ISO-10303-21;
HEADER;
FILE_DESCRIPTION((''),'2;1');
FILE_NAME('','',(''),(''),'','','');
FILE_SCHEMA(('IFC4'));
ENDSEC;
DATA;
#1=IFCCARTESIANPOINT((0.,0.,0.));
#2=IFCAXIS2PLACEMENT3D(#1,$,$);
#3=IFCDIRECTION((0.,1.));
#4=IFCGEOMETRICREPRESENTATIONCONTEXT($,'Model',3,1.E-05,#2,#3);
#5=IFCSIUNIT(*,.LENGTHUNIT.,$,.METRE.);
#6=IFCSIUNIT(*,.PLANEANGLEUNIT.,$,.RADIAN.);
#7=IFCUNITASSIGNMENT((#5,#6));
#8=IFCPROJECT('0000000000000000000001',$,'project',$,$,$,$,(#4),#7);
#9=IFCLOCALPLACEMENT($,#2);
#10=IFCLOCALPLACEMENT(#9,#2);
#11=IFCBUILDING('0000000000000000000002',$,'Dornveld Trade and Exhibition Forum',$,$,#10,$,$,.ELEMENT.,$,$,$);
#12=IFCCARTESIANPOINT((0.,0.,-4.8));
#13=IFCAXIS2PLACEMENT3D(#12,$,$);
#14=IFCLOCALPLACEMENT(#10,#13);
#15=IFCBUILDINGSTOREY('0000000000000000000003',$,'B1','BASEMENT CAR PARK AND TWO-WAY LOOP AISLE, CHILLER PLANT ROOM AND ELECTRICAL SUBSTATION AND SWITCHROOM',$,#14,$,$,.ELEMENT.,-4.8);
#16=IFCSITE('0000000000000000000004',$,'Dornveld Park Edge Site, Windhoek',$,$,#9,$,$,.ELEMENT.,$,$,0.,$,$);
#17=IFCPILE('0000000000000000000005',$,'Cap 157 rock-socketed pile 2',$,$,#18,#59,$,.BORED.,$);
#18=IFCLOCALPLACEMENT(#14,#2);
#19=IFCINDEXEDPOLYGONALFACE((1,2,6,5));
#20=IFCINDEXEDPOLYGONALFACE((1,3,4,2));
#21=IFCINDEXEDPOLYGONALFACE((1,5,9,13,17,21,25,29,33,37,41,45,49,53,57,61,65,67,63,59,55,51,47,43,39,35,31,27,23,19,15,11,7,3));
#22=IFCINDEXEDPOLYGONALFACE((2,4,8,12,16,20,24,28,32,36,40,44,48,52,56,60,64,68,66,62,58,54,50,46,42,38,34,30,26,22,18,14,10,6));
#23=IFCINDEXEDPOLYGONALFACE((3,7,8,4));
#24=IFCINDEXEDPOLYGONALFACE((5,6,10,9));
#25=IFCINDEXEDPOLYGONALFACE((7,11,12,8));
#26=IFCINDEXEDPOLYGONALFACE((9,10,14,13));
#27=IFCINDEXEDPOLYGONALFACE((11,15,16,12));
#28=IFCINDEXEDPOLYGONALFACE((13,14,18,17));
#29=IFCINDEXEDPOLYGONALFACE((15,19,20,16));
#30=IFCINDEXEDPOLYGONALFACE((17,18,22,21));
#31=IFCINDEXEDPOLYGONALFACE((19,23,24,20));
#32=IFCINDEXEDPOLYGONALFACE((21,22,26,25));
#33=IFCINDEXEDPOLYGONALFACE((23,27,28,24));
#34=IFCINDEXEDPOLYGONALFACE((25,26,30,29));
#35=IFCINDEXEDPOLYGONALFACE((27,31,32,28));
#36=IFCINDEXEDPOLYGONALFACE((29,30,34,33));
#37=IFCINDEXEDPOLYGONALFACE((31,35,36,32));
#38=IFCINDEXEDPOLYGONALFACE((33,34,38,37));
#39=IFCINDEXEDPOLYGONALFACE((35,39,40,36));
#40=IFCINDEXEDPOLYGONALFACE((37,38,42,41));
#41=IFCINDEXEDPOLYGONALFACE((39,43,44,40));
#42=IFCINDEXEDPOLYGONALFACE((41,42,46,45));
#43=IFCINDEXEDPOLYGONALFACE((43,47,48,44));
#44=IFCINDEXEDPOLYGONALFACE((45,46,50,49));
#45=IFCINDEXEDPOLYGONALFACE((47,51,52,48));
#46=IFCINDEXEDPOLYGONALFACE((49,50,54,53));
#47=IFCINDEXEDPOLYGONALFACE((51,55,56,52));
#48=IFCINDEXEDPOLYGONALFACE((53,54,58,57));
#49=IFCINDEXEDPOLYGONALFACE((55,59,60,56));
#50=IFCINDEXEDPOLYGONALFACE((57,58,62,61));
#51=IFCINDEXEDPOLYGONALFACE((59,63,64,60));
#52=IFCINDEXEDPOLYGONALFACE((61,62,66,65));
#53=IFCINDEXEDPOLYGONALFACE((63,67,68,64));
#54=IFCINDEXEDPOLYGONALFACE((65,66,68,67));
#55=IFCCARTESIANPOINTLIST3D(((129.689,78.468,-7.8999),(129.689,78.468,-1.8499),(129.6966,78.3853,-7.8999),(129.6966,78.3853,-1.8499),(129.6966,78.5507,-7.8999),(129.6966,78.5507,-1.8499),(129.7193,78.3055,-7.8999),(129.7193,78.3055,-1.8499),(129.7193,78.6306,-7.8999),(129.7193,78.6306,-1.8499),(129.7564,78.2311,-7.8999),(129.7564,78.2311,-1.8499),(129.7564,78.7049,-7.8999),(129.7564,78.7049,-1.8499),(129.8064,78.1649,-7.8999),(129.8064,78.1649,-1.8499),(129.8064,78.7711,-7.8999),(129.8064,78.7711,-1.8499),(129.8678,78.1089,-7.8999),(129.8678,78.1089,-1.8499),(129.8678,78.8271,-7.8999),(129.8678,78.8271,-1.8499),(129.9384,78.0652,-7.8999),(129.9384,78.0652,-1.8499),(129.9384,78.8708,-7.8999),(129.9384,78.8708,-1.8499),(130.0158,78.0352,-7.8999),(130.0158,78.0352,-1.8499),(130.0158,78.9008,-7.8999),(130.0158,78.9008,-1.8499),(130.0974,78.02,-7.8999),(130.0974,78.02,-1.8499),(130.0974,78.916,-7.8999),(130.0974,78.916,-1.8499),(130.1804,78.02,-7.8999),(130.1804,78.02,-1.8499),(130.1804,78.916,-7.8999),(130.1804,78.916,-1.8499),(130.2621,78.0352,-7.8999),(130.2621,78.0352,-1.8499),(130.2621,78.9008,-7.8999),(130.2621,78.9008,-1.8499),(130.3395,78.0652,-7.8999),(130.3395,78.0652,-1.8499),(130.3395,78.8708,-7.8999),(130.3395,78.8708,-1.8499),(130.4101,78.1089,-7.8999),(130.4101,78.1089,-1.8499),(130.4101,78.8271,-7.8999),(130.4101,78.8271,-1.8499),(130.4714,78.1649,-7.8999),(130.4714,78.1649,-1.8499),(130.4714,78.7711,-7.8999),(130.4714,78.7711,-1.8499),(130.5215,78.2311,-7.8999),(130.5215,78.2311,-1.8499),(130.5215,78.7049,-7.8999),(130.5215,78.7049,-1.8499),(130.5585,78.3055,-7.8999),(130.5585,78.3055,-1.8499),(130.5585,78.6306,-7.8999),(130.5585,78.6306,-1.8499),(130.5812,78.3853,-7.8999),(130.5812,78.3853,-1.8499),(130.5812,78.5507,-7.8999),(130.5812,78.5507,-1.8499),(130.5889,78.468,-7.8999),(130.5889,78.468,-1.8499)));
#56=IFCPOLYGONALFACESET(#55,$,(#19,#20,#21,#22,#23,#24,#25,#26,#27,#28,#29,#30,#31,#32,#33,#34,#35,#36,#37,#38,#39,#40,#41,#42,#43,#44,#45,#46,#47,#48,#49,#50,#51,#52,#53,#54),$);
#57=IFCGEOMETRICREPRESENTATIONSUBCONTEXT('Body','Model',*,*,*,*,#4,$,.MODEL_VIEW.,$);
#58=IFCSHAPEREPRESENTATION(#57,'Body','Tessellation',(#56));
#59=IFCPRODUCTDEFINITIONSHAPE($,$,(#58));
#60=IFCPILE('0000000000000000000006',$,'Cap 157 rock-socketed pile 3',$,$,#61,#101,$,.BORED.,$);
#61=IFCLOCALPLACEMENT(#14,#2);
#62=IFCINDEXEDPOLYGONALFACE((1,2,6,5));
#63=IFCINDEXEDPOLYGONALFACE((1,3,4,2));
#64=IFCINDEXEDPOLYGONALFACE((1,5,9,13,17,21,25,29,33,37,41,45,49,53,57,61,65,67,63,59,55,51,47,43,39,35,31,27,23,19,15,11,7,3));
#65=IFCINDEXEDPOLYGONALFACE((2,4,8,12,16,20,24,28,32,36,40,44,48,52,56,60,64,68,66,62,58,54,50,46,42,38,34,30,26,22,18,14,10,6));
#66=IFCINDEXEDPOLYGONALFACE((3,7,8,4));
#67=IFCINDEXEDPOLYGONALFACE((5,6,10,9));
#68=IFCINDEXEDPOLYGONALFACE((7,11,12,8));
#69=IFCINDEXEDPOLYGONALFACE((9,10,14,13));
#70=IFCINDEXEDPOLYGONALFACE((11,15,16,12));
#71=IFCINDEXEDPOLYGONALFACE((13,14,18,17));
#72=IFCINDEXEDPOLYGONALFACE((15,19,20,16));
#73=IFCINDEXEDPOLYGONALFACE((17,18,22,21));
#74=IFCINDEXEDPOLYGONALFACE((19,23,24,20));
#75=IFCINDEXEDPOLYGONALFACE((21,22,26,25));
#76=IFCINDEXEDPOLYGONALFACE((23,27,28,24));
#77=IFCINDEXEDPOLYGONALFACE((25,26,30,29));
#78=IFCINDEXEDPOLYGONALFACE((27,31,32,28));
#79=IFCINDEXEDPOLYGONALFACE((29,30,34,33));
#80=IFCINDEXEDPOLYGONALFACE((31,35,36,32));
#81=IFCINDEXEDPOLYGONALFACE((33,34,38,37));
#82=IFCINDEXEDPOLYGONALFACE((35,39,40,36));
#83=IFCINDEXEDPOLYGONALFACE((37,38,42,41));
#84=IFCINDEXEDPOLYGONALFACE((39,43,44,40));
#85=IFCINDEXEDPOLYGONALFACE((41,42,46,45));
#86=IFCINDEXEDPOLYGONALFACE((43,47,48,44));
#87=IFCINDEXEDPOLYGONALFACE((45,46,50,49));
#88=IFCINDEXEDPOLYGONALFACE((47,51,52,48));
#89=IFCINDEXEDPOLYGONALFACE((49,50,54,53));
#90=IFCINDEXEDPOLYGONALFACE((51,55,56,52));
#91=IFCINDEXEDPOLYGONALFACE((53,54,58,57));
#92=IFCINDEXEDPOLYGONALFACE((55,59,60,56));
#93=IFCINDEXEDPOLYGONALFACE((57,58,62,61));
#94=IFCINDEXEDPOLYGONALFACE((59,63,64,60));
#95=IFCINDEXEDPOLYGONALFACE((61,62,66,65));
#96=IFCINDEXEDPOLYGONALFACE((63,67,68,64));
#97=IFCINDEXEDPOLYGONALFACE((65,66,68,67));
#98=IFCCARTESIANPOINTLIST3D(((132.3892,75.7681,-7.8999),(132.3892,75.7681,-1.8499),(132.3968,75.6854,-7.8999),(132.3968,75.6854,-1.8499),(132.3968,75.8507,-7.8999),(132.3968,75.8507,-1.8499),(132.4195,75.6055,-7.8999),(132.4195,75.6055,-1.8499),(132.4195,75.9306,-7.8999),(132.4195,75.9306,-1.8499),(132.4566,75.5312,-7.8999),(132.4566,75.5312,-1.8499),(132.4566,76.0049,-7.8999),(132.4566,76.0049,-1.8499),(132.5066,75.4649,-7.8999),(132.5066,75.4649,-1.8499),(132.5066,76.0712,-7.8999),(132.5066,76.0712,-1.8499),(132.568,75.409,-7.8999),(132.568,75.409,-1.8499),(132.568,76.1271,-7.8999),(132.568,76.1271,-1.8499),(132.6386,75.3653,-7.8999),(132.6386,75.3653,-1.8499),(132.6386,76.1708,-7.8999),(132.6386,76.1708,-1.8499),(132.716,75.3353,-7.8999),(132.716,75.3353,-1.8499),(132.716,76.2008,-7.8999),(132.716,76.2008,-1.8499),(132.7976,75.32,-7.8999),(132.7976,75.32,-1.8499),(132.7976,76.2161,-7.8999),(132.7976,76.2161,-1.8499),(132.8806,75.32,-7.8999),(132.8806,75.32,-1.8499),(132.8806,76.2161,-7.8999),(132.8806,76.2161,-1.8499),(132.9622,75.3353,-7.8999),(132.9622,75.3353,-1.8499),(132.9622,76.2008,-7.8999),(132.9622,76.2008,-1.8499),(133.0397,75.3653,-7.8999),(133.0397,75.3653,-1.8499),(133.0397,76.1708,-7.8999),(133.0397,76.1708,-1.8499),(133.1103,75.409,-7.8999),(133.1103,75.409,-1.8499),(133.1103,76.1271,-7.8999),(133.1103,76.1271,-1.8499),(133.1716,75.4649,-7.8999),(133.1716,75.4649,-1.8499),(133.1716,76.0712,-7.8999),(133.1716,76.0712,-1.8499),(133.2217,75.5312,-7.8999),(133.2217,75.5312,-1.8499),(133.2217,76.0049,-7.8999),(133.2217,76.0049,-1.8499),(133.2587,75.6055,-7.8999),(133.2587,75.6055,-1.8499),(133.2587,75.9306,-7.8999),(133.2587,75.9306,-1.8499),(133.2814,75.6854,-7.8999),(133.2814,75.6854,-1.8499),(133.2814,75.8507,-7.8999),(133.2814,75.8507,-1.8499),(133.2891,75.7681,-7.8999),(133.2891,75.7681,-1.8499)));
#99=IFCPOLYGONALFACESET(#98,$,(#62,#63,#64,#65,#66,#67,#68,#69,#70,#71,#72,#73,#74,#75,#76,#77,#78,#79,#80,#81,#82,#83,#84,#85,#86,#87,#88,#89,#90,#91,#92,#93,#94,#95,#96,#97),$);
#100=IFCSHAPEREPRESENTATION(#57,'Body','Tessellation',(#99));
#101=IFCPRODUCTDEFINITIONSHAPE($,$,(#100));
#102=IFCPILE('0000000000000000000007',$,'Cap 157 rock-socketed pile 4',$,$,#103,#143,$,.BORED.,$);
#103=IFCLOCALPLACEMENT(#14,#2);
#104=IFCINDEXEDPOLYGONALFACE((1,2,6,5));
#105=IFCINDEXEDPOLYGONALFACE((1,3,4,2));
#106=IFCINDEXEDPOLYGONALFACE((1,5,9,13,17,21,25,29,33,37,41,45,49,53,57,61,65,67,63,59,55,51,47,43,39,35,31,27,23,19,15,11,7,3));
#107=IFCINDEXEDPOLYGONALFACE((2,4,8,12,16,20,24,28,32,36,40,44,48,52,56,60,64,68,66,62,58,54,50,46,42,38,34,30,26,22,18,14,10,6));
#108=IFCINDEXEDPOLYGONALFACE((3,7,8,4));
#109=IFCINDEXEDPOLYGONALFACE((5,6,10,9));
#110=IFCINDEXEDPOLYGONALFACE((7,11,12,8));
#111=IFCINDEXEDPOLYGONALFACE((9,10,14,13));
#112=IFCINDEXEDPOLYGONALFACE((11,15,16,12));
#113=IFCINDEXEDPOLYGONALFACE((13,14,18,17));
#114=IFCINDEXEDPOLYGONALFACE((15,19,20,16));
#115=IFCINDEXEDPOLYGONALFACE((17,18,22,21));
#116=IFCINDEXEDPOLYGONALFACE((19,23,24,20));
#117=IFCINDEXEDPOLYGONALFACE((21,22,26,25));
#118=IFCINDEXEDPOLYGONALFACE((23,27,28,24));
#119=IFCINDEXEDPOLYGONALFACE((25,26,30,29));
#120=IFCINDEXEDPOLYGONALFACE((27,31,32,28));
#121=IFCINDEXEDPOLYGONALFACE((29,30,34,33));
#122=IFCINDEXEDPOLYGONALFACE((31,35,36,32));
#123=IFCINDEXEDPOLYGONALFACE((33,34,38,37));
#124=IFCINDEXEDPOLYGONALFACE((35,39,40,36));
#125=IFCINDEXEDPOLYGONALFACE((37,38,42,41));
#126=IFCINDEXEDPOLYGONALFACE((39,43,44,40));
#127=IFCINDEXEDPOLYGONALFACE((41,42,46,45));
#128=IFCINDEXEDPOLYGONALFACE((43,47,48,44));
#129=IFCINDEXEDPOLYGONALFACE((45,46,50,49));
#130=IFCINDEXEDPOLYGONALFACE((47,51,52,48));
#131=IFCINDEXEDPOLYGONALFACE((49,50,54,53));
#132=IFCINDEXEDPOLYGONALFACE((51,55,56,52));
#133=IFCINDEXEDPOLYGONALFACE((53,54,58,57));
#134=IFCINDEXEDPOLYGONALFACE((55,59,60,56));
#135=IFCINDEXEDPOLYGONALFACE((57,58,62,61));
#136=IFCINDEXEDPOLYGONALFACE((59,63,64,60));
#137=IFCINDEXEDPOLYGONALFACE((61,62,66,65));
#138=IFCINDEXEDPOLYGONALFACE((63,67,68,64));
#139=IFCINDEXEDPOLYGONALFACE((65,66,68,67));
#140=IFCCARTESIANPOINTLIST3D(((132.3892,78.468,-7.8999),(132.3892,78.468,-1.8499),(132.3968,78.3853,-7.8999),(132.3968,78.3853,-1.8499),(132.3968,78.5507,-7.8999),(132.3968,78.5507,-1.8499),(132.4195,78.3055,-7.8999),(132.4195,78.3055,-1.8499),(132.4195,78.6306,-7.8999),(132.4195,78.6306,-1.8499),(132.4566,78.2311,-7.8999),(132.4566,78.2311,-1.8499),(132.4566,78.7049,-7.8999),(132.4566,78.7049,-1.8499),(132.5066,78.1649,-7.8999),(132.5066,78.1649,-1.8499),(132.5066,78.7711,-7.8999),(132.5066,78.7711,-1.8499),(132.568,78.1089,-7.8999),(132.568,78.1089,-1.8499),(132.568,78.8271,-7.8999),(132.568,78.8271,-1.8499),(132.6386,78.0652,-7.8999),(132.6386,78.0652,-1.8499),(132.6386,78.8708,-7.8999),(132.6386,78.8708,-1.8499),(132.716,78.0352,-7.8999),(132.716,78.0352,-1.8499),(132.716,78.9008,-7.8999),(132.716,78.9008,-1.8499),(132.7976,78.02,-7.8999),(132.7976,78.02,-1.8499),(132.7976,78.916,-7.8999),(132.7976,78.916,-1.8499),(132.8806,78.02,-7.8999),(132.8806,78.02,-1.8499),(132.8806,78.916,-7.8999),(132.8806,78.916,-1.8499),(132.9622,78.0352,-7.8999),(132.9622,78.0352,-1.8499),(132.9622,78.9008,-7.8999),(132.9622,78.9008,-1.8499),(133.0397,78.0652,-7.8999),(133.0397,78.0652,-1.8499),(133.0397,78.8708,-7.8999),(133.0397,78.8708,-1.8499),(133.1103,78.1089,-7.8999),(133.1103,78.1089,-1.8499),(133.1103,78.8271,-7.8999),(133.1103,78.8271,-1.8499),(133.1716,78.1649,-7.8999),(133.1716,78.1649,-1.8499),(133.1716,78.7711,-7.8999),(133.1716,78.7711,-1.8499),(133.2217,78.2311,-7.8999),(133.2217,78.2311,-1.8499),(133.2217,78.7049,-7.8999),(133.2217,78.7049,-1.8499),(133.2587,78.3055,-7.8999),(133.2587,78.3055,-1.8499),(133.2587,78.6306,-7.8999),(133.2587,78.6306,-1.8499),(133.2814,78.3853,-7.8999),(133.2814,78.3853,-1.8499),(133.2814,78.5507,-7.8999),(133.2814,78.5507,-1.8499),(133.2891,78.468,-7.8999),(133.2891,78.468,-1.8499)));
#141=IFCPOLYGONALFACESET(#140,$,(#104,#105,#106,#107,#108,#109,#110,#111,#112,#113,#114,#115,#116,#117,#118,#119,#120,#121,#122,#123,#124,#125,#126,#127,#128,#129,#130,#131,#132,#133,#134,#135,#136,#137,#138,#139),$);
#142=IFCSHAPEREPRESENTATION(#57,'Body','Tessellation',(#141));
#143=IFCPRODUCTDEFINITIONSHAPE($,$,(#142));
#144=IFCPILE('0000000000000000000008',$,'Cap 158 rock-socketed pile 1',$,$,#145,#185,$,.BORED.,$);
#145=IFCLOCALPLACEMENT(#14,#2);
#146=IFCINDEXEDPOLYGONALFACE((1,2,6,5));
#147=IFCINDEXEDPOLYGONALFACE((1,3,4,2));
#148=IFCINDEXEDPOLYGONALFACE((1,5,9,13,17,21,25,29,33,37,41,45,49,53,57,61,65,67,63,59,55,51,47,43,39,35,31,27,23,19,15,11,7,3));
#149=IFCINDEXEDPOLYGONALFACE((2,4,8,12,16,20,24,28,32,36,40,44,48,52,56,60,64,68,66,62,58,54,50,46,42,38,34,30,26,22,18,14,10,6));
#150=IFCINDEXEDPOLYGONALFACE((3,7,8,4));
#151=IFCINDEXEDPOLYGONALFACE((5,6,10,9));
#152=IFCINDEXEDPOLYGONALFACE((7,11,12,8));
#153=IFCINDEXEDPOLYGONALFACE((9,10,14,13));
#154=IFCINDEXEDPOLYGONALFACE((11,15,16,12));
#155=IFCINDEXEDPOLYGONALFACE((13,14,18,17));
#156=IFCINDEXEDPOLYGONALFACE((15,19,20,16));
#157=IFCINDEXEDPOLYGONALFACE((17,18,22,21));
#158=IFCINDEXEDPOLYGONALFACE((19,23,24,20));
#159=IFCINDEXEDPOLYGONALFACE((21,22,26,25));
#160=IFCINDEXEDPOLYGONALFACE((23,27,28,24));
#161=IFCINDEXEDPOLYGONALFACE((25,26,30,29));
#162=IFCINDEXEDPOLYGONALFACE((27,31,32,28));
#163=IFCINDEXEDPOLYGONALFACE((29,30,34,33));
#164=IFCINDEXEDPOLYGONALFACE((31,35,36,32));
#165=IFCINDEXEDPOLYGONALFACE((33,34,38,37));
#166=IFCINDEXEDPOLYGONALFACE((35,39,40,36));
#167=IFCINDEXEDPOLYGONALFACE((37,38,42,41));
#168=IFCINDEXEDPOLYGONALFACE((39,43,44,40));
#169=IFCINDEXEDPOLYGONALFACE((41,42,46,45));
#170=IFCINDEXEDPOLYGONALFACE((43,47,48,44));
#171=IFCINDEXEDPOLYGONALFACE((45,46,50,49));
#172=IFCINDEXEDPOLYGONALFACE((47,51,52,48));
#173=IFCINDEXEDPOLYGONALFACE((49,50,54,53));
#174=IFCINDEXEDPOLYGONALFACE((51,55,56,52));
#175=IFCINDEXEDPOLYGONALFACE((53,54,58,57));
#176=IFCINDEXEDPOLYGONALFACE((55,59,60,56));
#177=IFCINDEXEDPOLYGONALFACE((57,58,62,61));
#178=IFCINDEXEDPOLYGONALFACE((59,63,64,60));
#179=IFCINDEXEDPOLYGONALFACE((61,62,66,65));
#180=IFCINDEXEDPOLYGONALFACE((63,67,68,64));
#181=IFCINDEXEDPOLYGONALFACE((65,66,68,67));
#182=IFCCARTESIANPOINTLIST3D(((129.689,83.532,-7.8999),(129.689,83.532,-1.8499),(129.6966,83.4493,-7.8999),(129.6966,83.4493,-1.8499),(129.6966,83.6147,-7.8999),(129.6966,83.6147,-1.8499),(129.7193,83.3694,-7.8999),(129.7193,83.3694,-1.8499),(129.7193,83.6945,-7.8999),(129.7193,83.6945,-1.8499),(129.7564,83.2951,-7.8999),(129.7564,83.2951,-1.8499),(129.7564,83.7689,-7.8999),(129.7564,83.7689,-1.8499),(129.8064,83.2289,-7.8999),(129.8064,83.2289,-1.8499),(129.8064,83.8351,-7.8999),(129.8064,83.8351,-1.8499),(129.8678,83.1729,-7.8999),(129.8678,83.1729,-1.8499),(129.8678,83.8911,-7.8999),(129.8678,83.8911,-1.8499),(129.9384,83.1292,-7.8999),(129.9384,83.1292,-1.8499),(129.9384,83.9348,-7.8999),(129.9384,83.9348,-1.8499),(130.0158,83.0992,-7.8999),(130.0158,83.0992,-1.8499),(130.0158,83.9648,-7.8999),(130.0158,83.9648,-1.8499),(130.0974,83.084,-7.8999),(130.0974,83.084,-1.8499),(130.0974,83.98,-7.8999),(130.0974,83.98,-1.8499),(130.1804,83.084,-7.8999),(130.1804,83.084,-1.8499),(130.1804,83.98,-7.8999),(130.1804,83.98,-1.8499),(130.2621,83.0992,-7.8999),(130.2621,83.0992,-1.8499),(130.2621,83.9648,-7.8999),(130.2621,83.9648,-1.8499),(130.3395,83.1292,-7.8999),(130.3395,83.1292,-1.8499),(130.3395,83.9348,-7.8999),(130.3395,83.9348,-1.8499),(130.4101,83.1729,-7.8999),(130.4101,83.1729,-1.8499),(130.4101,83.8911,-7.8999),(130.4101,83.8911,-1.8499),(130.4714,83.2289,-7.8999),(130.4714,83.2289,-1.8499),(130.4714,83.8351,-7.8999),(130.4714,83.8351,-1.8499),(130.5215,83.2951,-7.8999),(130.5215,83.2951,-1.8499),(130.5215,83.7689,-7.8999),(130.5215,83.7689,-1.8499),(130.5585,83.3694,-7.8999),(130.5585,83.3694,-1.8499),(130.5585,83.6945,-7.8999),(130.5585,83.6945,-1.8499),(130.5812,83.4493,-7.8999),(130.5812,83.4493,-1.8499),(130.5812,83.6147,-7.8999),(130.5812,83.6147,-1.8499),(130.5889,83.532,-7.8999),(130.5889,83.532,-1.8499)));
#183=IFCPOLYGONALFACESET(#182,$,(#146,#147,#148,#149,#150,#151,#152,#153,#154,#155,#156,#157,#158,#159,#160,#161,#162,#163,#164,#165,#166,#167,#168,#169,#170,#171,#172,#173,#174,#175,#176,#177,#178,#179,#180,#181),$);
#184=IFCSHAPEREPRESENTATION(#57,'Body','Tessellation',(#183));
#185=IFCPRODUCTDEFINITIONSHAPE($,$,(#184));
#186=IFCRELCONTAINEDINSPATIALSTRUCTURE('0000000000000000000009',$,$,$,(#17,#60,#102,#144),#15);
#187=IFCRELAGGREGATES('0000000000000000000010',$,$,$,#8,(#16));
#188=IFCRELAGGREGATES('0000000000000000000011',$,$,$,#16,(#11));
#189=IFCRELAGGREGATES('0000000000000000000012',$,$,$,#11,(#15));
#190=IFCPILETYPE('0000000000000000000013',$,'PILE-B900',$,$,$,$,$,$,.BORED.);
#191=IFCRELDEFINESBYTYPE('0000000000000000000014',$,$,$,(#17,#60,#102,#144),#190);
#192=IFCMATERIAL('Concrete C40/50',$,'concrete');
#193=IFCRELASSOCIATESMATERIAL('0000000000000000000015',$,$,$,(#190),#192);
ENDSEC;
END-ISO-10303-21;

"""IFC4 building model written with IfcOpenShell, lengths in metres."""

from ifc_helpers import new_model, si_unit, direction, frame, origin, origin_2d, place, context, subcontext, project, spatial, circle, extrude, material, material_profile, profile_set, type_object, element, save


model = new_model("IFC4")

# Units and contexts
model_context = context("Model", 3, precision=1e-05, world=origin(), true_north=direction((0.0, 1.0)))
body_context = subcontext(model_context, "Body", "Model", "MODEL_VIEW")
ifc_project = project(units=[si_unit("LENGTHUNIT", "METRE"), si_unit("PLANEANGLEUNIT", "RADIAN")], contexts=[model_context])

# Site, building, storey
site_placement = place(None, origin())
site = spatial("IfcSite", under=ifc_project, at=site_placement, Name="Dornveld Park Edge Site, Windhoek", CompositionType="ELEMENT", RefElevation=0.0)
building_placement = place(site_placement, origin())
building = spatial("IfcBuilding", under=site, at=building_placement, Name="Dornveld Trade and Exhibition Forum", CompositionType="ELEMENT")
storey_placement = place(building_placement, frame((0.0, 0.0, -4.8)))
storey = spatial("IfcBuildingStorey", under=building, at=storey_placement, Name="B1", Description="BASEMENT CAR PARK AND TWO-WAY LOOP AISLE, CHILLER PLANT ROOM AND ELECTRICAL SUBSTATION AND SWITCHROOM", CompositionType="ELEMENT", Elevation=-4.8)

# Piles
ifc_material_1 = material(Name="Concrete C40/50", Category="concrete")
ifc_material_profile_1 = material_profile(ifc_material_1, circle(Radius=0.45, at=origin_2d()), Name="PILE D900")
ifc_profile_set_1 = profile_set([ifc_material_profile_1], Name="Concrete C40/50")
pile_type = type_object("IfcPileType", Name="PILE-B900", PredefinedType="BORED", material=ifc_profile_set_1)
for number, where, z_axis, x_axis, name in (
    (1, (130.1389, 78.468, -1.8499), (0.0, 0.0, -1.0), (1.0, 0.0, 0.0), "Cap 157 rock-socketed pile 2"),
    (2, (132.8391, 75.7681, -1.8499), (0.0, 0.0, -1.0), (1.0, 0.0, 0.0), "Cap 157 rock-socketed pile 3"),
    (3, (132.8391, 78.468, -1.8499), (0.0, 0.0, -1.0), (1.0, 0.0, 0.0), "Cap 157 rock-socketed pile 4"),
    (4, (130.1389, 83.532, -1.8499), (0.0, 0.0, -1.0), (1.0, 0.0, 0.0), "Cap 158 rock-socketed pile 1"),
):
    element("IfcPile", number, at=place(storey_placement, frame(where, z_axis=z_axis, x_axis=x_axis)), inside=storey, type_object=pile_type, Name=name, PredefinedType="BORED", context=body_context, shape_type="SweptSolid", body=[
        extrude(circle(Radius=0.45, at=origin_2d()), origin(), (0.0, 0.0, 1.0), 6.05),
    ])

save(model, "model.ifc")
